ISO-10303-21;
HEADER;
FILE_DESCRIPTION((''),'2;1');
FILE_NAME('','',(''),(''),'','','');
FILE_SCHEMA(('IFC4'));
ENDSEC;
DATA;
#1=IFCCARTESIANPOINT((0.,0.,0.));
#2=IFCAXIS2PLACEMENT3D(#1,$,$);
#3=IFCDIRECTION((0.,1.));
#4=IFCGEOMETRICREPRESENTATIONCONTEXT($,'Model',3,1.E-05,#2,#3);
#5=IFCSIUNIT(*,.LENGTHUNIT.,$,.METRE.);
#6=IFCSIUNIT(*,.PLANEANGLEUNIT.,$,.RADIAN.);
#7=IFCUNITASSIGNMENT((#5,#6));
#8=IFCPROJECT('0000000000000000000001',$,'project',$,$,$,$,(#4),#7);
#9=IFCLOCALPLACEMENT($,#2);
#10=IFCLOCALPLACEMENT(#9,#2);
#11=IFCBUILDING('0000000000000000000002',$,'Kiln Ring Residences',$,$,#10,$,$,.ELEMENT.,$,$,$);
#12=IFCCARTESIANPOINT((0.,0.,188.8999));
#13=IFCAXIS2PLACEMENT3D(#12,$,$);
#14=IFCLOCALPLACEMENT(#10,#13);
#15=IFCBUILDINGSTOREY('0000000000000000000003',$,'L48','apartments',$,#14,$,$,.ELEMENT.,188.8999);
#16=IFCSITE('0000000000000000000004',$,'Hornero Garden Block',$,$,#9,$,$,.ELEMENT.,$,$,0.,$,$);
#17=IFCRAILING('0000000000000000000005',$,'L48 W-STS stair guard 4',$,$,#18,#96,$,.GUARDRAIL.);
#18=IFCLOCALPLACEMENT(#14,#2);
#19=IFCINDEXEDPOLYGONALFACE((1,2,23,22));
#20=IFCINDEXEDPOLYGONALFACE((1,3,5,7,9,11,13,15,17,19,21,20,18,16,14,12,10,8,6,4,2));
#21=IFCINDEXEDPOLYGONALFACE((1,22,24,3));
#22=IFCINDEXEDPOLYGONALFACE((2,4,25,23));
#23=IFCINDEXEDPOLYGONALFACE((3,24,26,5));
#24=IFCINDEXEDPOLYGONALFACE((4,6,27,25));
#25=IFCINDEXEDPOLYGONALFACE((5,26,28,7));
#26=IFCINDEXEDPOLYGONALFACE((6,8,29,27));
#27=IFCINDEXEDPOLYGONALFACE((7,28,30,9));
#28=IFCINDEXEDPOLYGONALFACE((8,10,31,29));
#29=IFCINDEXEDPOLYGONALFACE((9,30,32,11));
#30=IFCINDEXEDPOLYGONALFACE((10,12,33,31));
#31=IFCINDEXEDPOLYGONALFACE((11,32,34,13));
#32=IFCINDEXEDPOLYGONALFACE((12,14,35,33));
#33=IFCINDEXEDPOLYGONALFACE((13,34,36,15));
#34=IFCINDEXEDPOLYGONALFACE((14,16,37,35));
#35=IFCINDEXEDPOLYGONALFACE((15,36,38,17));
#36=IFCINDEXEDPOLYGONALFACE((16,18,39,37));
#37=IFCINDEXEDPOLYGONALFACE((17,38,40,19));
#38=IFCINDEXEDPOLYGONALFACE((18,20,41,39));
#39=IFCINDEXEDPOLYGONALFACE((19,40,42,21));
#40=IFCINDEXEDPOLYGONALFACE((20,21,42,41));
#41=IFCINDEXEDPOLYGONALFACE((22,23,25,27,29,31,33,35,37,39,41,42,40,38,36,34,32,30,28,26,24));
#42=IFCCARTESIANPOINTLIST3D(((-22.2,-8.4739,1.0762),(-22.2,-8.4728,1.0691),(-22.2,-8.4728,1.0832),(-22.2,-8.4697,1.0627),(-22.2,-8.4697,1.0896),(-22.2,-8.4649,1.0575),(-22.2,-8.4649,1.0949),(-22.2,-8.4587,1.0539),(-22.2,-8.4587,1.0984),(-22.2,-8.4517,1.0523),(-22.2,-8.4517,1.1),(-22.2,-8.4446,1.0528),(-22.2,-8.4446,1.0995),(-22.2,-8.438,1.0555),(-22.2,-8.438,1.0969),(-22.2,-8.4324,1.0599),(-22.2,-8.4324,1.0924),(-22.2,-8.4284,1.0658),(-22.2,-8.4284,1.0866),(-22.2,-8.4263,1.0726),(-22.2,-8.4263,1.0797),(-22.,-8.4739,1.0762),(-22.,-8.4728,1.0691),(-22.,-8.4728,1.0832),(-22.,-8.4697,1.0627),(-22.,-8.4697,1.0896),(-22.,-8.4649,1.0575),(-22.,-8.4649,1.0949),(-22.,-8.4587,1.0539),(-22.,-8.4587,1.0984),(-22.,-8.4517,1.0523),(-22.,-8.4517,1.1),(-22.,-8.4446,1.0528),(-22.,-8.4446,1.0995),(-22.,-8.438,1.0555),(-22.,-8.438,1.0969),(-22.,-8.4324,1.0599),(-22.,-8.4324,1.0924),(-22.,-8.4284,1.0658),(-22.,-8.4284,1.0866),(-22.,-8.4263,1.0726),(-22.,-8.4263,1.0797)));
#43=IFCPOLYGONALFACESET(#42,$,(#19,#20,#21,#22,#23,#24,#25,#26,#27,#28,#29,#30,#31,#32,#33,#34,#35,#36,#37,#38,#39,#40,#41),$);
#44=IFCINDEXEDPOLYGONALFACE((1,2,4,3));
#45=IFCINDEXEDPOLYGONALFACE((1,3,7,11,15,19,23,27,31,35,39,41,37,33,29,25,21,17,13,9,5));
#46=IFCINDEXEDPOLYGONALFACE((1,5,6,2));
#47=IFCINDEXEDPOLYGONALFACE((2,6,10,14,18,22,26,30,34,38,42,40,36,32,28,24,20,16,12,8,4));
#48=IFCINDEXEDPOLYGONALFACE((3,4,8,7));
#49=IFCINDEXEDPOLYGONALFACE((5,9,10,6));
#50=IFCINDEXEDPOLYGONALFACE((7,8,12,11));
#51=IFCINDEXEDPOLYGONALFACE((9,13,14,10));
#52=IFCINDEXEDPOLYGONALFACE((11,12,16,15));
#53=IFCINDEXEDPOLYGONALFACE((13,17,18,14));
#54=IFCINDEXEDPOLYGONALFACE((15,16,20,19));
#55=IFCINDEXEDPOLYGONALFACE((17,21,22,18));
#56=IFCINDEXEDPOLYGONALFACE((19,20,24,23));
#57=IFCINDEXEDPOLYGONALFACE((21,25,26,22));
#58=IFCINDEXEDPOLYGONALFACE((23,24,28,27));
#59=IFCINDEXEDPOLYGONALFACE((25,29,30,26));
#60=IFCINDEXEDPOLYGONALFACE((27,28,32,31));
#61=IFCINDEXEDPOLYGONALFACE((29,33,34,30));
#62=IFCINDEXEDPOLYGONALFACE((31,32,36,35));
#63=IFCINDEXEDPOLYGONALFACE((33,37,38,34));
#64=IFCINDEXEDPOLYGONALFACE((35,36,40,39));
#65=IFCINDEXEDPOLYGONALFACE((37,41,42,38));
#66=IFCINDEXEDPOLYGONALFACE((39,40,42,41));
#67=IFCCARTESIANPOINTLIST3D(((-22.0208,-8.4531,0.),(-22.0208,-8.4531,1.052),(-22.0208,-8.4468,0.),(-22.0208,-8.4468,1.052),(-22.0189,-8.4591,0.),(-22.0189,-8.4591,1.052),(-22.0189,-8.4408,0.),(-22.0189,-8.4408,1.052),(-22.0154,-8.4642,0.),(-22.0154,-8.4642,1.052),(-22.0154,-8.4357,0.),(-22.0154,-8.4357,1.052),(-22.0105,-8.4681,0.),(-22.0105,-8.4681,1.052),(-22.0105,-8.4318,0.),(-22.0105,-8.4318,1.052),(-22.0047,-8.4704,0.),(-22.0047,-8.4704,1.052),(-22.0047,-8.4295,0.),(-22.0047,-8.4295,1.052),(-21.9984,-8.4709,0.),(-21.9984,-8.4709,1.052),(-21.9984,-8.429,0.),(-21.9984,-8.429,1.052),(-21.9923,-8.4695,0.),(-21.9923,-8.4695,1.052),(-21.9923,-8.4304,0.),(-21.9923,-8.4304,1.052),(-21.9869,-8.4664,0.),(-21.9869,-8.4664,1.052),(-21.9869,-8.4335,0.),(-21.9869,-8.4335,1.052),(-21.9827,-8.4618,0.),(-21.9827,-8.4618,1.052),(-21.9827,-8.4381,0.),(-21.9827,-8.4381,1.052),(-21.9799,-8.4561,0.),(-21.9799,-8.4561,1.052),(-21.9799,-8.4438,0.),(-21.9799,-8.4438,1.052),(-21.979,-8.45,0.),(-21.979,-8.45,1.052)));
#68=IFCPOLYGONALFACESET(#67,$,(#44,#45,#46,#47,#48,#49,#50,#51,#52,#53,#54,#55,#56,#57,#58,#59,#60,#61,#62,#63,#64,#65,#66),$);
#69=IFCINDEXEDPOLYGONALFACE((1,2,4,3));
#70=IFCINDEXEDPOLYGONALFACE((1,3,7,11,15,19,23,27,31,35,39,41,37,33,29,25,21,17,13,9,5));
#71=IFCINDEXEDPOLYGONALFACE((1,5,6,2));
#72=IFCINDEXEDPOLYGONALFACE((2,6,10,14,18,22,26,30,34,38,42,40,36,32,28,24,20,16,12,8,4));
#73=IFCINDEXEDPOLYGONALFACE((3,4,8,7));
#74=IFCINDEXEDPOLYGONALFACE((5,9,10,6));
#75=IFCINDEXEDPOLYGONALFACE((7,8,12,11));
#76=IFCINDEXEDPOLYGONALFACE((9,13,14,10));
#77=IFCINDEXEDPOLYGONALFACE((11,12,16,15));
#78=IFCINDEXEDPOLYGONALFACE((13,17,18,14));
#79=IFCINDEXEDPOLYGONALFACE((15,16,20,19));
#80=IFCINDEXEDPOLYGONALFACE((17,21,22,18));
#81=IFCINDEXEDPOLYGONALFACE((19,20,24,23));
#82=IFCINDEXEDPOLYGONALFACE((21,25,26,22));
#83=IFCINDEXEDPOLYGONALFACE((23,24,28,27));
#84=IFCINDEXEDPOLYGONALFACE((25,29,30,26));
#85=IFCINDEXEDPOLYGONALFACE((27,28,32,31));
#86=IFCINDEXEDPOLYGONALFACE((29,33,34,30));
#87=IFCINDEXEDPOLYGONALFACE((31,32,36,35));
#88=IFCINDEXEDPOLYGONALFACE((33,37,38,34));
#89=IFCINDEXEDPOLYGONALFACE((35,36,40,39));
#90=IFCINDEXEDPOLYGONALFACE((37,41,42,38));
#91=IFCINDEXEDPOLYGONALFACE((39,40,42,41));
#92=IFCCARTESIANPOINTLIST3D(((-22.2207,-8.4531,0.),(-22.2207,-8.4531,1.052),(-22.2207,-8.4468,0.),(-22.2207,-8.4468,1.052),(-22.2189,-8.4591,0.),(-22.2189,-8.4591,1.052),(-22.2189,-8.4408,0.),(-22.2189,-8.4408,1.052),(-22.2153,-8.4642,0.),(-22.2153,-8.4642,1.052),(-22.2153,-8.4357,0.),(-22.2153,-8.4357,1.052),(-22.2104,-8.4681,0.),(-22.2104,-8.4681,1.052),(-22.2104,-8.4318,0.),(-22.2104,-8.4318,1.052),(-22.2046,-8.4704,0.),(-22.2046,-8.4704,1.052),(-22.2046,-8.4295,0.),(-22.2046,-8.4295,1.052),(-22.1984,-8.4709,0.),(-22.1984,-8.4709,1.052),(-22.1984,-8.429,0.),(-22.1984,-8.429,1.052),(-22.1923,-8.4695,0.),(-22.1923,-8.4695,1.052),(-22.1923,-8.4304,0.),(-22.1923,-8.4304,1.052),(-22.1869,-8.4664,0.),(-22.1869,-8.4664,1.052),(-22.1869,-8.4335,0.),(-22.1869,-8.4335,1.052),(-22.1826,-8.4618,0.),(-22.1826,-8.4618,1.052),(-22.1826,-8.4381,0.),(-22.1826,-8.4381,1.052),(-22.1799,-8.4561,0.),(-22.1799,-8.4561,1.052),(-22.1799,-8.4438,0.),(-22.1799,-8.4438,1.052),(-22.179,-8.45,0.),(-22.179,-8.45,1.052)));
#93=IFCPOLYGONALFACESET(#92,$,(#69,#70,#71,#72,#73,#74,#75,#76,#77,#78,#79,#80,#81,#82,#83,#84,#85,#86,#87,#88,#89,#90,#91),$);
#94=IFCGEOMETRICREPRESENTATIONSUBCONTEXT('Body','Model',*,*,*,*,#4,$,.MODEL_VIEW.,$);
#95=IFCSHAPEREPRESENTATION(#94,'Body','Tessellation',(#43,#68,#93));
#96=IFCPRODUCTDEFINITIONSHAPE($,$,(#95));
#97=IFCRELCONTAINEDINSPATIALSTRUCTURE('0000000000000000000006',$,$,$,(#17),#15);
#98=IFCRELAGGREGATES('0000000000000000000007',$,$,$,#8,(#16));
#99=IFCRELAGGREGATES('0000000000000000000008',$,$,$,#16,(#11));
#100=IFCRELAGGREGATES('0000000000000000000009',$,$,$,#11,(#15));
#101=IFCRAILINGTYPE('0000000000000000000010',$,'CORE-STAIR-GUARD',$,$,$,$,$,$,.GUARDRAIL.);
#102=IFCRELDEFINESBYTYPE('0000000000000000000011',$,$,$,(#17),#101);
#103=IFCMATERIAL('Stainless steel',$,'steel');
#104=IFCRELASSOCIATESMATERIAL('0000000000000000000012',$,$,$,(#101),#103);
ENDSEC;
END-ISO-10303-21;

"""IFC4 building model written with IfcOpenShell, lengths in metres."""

from ifc_helpers import new_model, si_unit, direction, frame, origin, origin_2d, place, context, subcontext, project, spatial, circle, extrude, material, type_object, element, save


model = new_model("IFC4")

# Units and contexts
model_context = context("Model", 3, precision=1e-05, world=origin(), true_north=direction((0.0, 1.0)))
body_context = subcontext(model_context, "Body", "Model", "MODEL_VIEW")
ifc_project = project(units=[si_unit("LENGTHUNIT", "METRE"), si_unit("PLANEANGLEUNIT", "RADIAN")], contexts=[model_context])

# Site, building, storey
site_placement = place(None, origin())
site = spatial("IfcSite", under=ifc_project, at=site_placement, Name="Hornero Garden Block", CompositionType="ELEMENT", RefElevation=0.0)
building_placement = place(site_placement, origin())
building = spatial("IfcBuilding", under=site, at=building_placement, Name="Kiln Ring Residences", CompositionType="ELEMENT")
storey_placement = place(building_placement, frame((0.0, 0.0, 188.8999)))
storey = spatial("IfcBuildingStorey", under=building, at=storey_placement, Name="L48", Description="apartments", CompositionType="ELEMENT", Elevation=188.8999)

# Railing
ifc_material_1 = material(Name="Stainless steel", Category="steel")
railing_type_1 = type_object("IfcRailingType", Name="CORE-STAIR-GUARD", PredefinedType="GUARDRAIL", material=ifc_material_1)
railing_1_placement = place(storey_placement, frame((-22.0, -8.45, 0.0)))
element("IfcRailing", 1, at=railing_1_placement, inside=storey, type_object=railing_type_1, Name="L48 W-STS stair guard 4", PredefinedType="GUARDRAIL", context=body_context, shape_type="SweptSolid", body=[
    extrude(circle(Radius=0.0239, at=origin_2d()), frame((0.0, 0.0, 1.0762), z_axis=(-1.0, 0.0, 0.0), x_axis=(0.0, -1.0, 0.0)), (0.0, 0.0, 1.0), 0.2),
    extrude(circle(Radius=0.021, at=origin_2d()), origin(), (0.0, 0.0, 1.0), 1.052),
    extrude(circle(Radius=0.021, at=origin_2d()), frame((-0.2, 0.0, 0.0)), (0.0, 0.0, 1.0), 1.052),
])

save(model, "model.ifc")
